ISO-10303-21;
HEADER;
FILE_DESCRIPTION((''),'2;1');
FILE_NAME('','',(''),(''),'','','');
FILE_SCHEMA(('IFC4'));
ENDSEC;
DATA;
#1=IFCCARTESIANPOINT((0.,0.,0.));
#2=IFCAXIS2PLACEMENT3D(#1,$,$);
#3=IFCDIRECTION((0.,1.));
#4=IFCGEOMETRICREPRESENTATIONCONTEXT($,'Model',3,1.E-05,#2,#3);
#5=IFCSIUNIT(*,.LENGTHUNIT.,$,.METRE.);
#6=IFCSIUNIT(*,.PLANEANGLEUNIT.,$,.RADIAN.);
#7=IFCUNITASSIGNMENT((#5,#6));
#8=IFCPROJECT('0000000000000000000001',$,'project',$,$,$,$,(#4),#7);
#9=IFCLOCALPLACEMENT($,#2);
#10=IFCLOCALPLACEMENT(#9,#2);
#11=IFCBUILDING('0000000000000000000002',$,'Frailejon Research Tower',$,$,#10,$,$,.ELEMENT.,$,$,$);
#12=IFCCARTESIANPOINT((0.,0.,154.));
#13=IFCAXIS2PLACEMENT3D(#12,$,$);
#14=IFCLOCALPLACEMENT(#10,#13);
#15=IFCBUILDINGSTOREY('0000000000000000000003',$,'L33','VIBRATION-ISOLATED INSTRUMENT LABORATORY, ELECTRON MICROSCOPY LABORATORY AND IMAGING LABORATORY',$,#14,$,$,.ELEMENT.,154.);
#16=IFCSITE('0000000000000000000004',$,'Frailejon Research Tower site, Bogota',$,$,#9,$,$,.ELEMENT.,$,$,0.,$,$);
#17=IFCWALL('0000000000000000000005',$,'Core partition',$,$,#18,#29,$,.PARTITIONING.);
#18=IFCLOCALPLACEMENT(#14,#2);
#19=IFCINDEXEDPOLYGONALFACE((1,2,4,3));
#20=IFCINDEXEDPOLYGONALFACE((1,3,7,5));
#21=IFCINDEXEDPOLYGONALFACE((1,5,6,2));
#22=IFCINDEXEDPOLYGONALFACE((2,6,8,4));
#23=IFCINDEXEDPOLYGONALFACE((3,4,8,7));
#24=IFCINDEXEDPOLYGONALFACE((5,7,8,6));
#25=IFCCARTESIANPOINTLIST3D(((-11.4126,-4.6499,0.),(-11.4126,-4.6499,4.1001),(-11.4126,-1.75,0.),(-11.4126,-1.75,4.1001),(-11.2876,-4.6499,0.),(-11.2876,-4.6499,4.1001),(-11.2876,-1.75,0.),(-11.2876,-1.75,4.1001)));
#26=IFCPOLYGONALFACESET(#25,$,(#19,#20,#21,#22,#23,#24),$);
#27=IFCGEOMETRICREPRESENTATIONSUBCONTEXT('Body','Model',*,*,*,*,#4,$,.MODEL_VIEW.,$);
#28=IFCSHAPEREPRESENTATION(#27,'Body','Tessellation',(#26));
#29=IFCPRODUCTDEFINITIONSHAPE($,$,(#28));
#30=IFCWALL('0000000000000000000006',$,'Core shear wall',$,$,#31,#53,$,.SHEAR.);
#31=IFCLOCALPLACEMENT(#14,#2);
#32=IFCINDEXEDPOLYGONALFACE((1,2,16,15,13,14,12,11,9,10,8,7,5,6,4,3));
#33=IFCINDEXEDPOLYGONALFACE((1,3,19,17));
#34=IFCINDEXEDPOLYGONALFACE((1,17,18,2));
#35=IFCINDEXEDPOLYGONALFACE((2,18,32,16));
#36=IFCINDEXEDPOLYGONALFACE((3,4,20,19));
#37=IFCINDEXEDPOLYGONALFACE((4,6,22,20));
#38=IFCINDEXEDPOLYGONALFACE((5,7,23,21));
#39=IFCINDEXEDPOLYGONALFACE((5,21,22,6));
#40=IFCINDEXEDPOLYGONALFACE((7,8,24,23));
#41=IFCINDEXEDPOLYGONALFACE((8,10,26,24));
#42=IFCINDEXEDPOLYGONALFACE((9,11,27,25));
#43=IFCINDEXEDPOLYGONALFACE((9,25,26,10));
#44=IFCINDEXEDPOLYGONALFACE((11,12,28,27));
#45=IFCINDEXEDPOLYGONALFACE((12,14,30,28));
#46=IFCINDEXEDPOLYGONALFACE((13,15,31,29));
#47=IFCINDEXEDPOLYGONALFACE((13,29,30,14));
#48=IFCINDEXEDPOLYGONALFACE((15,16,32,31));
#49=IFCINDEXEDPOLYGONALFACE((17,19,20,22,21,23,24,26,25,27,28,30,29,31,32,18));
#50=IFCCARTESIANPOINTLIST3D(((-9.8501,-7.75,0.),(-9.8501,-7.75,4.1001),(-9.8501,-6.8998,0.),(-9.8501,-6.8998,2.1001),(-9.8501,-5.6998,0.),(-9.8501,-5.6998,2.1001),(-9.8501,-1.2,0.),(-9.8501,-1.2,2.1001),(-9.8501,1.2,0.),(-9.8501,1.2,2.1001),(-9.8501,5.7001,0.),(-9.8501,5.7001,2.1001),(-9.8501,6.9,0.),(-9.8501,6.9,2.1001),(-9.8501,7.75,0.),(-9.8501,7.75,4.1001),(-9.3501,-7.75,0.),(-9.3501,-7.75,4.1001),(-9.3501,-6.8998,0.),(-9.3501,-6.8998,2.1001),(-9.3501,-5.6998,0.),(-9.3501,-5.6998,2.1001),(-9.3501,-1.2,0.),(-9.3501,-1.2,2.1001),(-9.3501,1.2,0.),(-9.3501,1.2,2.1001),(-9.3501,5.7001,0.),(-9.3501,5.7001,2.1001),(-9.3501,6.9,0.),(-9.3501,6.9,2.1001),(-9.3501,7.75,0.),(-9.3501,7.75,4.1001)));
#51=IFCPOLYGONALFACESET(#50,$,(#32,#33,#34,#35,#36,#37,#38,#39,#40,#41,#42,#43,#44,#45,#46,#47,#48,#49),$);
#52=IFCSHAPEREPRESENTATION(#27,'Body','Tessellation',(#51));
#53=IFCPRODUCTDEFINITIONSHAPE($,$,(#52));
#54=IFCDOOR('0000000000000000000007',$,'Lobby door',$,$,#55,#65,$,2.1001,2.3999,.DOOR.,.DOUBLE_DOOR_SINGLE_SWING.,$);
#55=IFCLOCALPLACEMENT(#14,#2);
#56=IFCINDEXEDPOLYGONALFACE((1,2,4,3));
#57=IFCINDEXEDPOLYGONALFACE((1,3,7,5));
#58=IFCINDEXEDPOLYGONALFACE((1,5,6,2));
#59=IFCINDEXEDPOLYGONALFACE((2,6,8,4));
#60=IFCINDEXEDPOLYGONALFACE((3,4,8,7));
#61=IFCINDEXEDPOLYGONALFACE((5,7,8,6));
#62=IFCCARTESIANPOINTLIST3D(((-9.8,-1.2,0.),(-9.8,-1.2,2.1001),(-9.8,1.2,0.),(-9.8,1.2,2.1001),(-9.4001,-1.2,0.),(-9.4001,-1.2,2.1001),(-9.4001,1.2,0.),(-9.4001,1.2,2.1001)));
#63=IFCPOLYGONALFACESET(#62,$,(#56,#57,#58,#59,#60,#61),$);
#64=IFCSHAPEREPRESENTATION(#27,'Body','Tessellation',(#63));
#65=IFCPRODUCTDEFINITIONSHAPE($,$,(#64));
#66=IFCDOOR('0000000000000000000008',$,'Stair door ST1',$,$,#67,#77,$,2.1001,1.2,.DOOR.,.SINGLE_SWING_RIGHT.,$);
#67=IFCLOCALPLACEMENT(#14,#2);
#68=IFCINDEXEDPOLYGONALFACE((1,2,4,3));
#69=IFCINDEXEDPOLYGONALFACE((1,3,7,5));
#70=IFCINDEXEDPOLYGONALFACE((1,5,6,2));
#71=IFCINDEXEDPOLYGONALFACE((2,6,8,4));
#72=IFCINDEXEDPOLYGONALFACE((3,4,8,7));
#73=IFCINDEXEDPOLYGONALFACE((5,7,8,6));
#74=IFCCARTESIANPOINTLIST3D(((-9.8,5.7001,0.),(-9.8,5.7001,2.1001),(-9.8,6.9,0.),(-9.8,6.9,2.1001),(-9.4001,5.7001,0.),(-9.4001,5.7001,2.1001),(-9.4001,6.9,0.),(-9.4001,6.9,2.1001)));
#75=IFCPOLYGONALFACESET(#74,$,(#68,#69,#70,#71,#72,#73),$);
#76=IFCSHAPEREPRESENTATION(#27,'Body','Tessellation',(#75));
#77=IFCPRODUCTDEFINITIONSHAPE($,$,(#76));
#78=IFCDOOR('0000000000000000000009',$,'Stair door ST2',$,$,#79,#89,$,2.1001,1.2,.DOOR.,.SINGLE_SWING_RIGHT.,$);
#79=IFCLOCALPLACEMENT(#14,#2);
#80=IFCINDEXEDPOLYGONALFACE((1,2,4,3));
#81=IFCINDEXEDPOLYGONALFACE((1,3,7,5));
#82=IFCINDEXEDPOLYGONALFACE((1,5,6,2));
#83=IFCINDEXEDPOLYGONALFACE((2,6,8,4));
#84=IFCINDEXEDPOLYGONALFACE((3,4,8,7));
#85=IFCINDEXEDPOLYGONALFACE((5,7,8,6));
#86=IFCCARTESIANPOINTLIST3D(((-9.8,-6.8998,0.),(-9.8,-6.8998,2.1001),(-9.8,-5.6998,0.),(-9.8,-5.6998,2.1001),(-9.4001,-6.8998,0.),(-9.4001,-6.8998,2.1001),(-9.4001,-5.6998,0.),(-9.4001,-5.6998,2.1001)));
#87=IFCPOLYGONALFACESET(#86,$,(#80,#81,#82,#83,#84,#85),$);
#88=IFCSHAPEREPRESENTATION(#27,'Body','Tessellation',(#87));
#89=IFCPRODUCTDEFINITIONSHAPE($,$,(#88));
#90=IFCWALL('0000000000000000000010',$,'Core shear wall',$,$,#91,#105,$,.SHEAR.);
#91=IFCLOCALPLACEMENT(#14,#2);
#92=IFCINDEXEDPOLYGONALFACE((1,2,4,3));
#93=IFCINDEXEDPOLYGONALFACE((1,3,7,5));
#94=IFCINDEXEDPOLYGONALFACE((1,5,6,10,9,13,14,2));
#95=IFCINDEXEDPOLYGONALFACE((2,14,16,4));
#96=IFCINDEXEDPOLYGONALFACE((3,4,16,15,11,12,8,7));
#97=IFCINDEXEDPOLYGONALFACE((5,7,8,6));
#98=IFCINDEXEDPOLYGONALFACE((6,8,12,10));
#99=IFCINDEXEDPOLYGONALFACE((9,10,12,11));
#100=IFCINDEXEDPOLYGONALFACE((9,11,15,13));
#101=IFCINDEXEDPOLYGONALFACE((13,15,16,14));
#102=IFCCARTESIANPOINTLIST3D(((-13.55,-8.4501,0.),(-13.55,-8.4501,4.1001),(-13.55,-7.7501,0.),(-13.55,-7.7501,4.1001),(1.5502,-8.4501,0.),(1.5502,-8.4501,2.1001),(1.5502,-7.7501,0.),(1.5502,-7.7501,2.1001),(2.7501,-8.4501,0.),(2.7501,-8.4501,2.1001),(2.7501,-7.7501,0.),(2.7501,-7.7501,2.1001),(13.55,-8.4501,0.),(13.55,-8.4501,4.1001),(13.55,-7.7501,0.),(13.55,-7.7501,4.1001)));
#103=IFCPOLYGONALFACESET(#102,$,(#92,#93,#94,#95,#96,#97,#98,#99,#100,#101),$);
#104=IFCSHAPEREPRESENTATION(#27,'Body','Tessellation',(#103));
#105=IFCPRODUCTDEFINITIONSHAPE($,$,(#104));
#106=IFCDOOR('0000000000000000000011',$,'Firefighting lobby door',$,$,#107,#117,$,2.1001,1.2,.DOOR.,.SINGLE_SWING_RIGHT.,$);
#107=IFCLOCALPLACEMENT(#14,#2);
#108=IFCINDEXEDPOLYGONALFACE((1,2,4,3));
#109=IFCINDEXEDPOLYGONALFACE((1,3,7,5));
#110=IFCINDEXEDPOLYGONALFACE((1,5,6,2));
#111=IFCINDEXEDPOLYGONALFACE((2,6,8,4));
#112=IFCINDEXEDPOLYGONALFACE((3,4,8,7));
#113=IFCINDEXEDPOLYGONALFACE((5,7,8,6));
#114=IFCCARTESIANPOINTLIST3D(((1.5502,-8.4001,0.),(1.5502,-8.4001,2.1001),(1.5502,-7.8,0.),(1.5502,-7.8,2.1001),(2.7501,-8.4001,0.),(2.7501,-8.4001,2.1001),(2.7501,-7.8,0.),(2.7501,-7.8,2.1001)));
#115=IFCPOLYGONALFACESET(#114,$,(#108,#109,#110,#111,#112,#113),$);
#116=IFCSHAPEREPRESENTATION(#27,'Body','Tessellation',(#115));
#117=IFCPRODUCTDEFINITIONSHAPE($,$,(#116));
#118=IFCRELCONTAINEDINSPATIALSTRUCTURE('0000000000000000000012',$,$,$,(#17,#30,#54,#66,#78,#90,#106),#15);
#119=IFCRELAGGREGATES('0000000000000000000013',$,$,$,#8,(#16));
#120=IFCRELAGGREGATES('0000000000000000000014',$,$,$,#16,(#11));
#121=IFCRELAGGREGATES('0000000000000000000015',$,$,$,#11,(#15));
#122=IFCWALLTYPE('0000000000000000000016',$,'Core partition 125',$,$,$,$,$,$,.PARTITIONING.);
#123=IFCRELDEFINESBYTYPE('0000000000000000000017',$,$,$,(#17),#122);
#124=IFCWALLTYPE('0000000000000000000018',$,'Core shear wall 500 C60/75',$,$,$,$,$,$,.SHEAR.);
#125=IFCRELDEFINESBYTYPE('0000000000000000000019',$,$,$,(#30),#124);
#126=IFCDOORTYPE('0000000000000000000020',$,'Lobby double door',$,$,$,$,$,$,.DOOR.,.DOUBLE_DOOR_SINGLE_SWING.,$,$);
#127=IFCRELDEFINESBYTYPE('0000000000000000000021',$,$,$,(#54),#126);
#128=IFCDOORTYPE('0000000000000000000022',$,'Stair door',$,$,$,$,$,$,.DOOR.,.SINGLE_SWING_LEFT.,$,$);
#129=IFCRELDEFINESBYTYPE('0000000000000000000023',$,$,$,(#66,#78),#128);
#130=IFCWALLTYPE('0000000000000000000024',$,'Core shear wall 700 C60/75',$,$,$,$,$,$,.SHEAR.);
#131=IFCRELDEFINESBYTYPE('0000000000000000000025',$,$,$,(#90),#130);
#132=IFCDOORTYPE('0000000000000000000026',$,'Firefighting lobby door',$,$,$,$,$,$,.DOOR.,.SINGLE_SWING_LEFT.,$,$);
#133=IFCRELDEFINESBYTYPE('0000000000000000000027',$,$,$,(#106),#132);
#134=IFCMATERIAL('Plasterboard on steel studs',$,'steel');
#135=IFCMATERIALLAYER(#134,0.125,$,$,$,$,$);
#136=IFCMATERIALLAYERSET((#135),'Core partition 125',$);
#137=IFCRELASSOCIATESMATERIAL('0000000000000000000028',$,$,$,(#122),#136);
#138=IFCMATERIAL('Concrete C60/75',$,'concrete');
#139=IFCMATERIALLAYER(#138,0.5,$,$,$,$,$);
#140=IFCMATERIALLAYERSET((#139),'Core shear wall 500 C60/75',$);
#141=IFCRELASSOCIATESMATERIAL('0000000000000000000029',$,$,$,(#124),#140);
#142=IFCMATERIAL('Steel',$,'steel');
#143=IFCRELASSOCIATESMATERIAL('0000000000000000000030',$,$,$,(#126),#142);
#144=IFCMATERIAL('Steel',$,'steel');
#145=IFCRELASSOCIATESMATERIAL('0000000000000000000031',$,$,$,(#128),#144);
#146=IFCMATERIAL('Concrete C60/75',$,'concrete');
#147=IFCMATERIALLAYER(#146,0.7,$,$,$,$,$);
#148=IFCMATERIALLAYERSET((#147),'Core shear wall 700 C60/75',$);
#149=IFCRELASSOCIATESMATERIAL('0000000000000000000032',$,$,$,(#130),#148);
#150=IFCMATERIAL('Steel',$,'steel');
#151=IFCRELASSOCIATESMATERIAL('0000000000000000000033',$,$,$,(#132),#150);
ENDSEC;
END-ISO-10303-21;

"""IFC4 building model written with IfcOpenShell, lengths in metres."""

from ifc_helpers import new_model, si_unit, direction, frame, frame_2d, origin, place, context, subcontext, project, spatial, rectangle, extrude, material, layer, layer_set, type_object, element, fill, save


model = new_model("IFC4")

# Units and contexts
model_context = context("Model", 3, precision=1e-05, world=origin(), true_north=direction((0.0, 1.0)))
body_context = subcontext(model_context, "Body", "Model", "MODEL_VIEW")
ifc_project = project(units=[si_unit("LENGTHUNIT", "METRE"), si_unit("PLANEANGLEUNIT", "RADIAN")], contexts=[model_context])

# Site, building, storey
site_placement = place(None, origin())
site = spatial("IfcSite", under=ifc_project, at=site_placement, Name="Frailejon Research Tower site, Bogota", CompositionType="ELEMENT", RefElevation=0.0)
building_placement = place(site_placement, origin())
building = spatial("IfcBuilding", under=site, at=building_placement, Name="Frailejon Research Tower", CompositionType="ELEMENT")
storey_placement = place(building_placement, frame((0.0, 0.0, 154.0)))
storey = spatial("IfcBuildingStorey", under=building, at=storey_placement, Name="L33", Description="VIBRATION-ISOLATED INSTRUMENT LABORATORY, ELECTRON MICROSCOPY LABORATORY AND IMAGING LABORATORY", CompositionType="ELEMENT", Elevation=154.0)

# Wall
ifc_material_1 = material(Name="Plasterboard on steel studs", Category="steel")
ifc_layer_1 = layer(ifc_material_1, 0.125)
ifc_layer_set_1 = layer_set([ifc_layer_1], Name="Core partition 125")
wall_type_1 = type_object("IfcWallType", Name="Core partition 125", PredefinedType="PARTITIONING", material=ifc_layer_set_1)
wall_1_placement = place(storey_placement, frame((-11.3501, -4.6499, 0.0), z_axis=(0.0, 0.0, 1.0), x_axis=(0.0, 1.0, 0.0)))
element("IfcWall", 1, at=wall_1_placement, inside=storey, type_object=wall_type_1, Name="Core partition", PredefinedType="PARTITIONING", context=body_context, shape_type="SweptSolid", body=[
    extrude(rectangle(XDim=2.8999, YDim=0.125, at=frame_2d((1.45, 0.0))), origin(), (0.0, 0.0, 1.0), 4.1001),
])

# Wall, openings, doors
ifc_material_2 = material(Name="Concrete C60/75", Category="concrete")
ifc_layer_2 = layer(ifc_material_2, 0.5)
ifc_layer_set_2 = layer_set([ifc_layer_2], Name="Core shear wall 500 C60/75")
wall_type_2 = type_object("IfcWallType", Name="Core shear wall 500 C60/75", PredefinedType="SHEAR", material=ifc_layer_set_2)
wall_2_placement = place(storey_placement, frame((-9.6001, -7.75, 0.0), z_axis=(0.0, 0.0, 1.0), x_axis=(0.0, 1.0, 0.0)))
wall_2 = element("IfcWall", 2, at=wall_2_placement, inside=storey, type_object=wall_type_2, Name="Core shear wall", PredefinedType="SHEAR", context=body_context, shape_type="SweptSolid", body=[
    extrude(rectangle(XDim=15.5, YDim=0.5, at=frame_2d((7.75, 0.0))), origin(), (0.0, 0.0, 1.0), 4.1001),
])
opening_1_placement = place(wall_2_placement, frame((6.55, 0.0, 0.0)))
opening_1 = element("IfcOpeningElement", 3, at=opening_1_placement, cuts=wall_2, PredefinedType="OPENING", context=body_context, shape_type="SweptSolid", body=[
    extrude(rectangle(XDim=2.3999, YDim=2.1001, at=frame_2d((1.2, 1.05))), frame((0.0, 0.26, 0.0), z_axis=(0.0, -1.0, 0.0), x_axis=(1.0, 0.0, 0.0)), (0.0, 0.0, 1.0), 0.52),
])
opening_2_placement = place(wall_2_placement, frame((13.45, 0.0, 0.0)))
opening_2 = element("IfcOpeningElement", 4, at=opening_2_placement, cuts=wall_2, PredefinedType="OPENING", context=body_context, shape_type="SweptSolid", body=[
    extrude(rectangle(XDim=1.2, YDim=2.1001, at=frame_2d((0.6001, 1.05))), frame((0.0, 0.26, 0.0), z_axis=(0.0, -1.0, 0.0), x_axis=(1.0, 0.0, 0.0)), (0.0, 0.0, 1.0), 0.52),
])
opening_3_placement = place(wall_2_placement, frame((0.8501, 0.0, 0.0)))
opening_3 = element("IfcOpeningElement", 5, at=opening_3_placement, cuts=wall_2, PredefinedType="OPENING", context=body_context, shape_type="SweptSolid", body=[
    extrude(rectangle(XDim=1.2, YDim=2.1001, at=frame_2d((0.6001, 1.05))), frame((0.0, 0.26, 0.0), z_axis=(0.0, -1.0, 0.0), x_axis=(1.0, 0.0, 0.0)), (0.0, 0.0, 1.0), 0.52),
])
ifc_material_3 = material(Name="Steel", Category="steel")
door_type_1 = type_object("IfcDoorType", Name="Lobby double door", OperationType="DOUBLE_DOOR_SINGLE_SWING", PredefinedType="DOOR", material=ifc_material_3)
door_1_placement = place(opening_1_placement, origin())
door_1 = element("IfcDoor", 6, at=door_1_placement, inside=storey, type_object=door_type_1, Name="Lobby door", OperationType="DOUBLE_DOOR_SINGLE_SWING", OverallHeight=2.1001, OverallWidth=2.3999, PredefinedType="DOOR", context=body_context, shape_type="SweptSolid", body=[
    extrude(rectangle(XDim=2.3999, YDim=2.1001, at=frame_2d((1.2, 1.05))), frame((0.0, 0.2, 0.0), z_axis=(0.0, -1.0, 0.0), x_axis=(1.0, 0.0, 0.0)), (0.0, 0.0, 1.0), 0.3999),
])
fill(opening_1, door_1)
ifc_material_4 = material(Name="Steel", Category="steel")
door_type_2 = type_object("IfcDoorType", Name="Stair door", OperationType="SINGLE_SWING_LEFT", PredefinedType="DOOR", material=ifc_material_4)
door_2_placement = place(opening_2_placement, origin())
door_2 = element("IfcDoor", 7, at=door_2_placement, inside=storey, type_object=door_type_2, Name="Stair door ST1", OperationType="SINGLE_SWING_RIGHT", OverallHeight=2.1001, OverallWidth=1.2, PredefinedType="DOOR", context=body_context, shape_type="SweptSolid", body=[
    extrude(rectangle(XDim=1.2, YDim=2.1001, at=frame_2d((0.6001, 1.05))), frame((0.0, 0.2, 0.0), z_axis=(0.0, -1.0, 0.0), x_axis=(1.0, 0.0, 0.0)), (0.0, 0.0, 1.0), 0.3999),
])
fill(opening_2, door_2)
door_3_placement = place(opening_3_placement, origin())
door_3 = element("IfcDoor", 8, at=door_3_placement, inside=storey, type_object=door_type_2, Name="Stair door ST2", OperationType="SINGLE_SWING_RIGHT", OverallHeight=2.1001, OverallWidth=1.2, PredefinedType="DOOR", context=body_context, shape_type="SweptSolid", body=[
    extrude(rectangle(XDim=1.2, YDim=2.1001, at=frame_2d((0.6001, 1.05))), frame((0.0, 0.2, 0.0), z_axis=(0.0, -1.0, 0.0), x_axis=(1.0, 0.0, 0.0)), (0.0, 0.0, 1.0), 0.3999),
])
fill(opening_3, door_3)

# Wall, opening, door
ifc_material_5 = material(Name="Concrete C60/75", Category="concrete")
ifc_layer_3 = layer(ifc_material_5, 0.7)
ifc_layer_set_3 = layer_set([ifc_layer_3], Name="Core shear wall 700 C60/75")
wall_type_3 = type_object("IfcWallType", Name="Core shear wall 700 C60/75", PredefinedType="SHEAR", material=ifc_layer_set_3)
wall_3_placement = place(storey_placement, frame((-13.55, -8.1001, 0.0), z_axis=(0.0, 0.0, 1.0), x_axis=(1.0, 0.0, 0.0)))
wall_3 = element("IfcWall", 9, at=wall_3_placement, inside=storey, type_object=wall_type_3, Name="Core shear wall", PredefinedType="SHEAR", context=body_context, shape_type="SweptSolid", body=[
    extrude(rectangle(XDim=27.1001, YDim=0.7, at=frame_2d((13.55, 0.0))), origin(), (0.0, 0.0, 1.0), 4.1001),
])
opening_4_placement = place(wall_3_placement, frame((15.1001, 0.0, 0.0)))
opening_4 = element("IfcOpeningElement", 10, at=opening_4_placement, cuts=wall_3, PredefinedType="OPENING", context=body_context, shape_type="SweptSolid", body=[
    extrude(rectangle(XDim=1.2, YDim=2.1001, at=frame_2d((0.6001, 1.05))), frame((0.0, 0.3599, 0.0), z_axis=(0.0, -1.0, 0.0), x_axis=(1.0, 0.0, 0.0)), (0.0, 0.0, 1.0), 0.72),
])
ifc_material_6 = material(Name="Steel", Category="steel")
door_type_3 = type_object("IfcDoorType", Name="Firefighting lobby door", OperationType="SINGLE_SWING_LEFT", PredefinedType="DOOR", material=ifc_material_6)
door_4_placement = place(opening_4_placement, origin())
door_4 = element("IfcDoor", 11, at=door_4_placement, inside=storey, type_object=door_type_3, Name="Firefighting lobby door", OperationType="SINGLE_SWING_RIGHT", OverallHeight=2.1001, OverallWidth=1.2, PredefinedType="DOOR", context=body_context, shape_type="SweptSolid", body=[
    extrude(rectangle(XDim=1.2, YDim=2.1001, at=frame_2d((0.6001, 1.05))), frame((0.0, 0.3, 0.0), z_axis=(0.0, -1.0, 0.0), x_axis=(1.0, 0.0, 0.0)), (0.0, 0.0, 1.0), 0.6001),
])
fill(opening_4, door_4)

save(model, "model.ifc")
